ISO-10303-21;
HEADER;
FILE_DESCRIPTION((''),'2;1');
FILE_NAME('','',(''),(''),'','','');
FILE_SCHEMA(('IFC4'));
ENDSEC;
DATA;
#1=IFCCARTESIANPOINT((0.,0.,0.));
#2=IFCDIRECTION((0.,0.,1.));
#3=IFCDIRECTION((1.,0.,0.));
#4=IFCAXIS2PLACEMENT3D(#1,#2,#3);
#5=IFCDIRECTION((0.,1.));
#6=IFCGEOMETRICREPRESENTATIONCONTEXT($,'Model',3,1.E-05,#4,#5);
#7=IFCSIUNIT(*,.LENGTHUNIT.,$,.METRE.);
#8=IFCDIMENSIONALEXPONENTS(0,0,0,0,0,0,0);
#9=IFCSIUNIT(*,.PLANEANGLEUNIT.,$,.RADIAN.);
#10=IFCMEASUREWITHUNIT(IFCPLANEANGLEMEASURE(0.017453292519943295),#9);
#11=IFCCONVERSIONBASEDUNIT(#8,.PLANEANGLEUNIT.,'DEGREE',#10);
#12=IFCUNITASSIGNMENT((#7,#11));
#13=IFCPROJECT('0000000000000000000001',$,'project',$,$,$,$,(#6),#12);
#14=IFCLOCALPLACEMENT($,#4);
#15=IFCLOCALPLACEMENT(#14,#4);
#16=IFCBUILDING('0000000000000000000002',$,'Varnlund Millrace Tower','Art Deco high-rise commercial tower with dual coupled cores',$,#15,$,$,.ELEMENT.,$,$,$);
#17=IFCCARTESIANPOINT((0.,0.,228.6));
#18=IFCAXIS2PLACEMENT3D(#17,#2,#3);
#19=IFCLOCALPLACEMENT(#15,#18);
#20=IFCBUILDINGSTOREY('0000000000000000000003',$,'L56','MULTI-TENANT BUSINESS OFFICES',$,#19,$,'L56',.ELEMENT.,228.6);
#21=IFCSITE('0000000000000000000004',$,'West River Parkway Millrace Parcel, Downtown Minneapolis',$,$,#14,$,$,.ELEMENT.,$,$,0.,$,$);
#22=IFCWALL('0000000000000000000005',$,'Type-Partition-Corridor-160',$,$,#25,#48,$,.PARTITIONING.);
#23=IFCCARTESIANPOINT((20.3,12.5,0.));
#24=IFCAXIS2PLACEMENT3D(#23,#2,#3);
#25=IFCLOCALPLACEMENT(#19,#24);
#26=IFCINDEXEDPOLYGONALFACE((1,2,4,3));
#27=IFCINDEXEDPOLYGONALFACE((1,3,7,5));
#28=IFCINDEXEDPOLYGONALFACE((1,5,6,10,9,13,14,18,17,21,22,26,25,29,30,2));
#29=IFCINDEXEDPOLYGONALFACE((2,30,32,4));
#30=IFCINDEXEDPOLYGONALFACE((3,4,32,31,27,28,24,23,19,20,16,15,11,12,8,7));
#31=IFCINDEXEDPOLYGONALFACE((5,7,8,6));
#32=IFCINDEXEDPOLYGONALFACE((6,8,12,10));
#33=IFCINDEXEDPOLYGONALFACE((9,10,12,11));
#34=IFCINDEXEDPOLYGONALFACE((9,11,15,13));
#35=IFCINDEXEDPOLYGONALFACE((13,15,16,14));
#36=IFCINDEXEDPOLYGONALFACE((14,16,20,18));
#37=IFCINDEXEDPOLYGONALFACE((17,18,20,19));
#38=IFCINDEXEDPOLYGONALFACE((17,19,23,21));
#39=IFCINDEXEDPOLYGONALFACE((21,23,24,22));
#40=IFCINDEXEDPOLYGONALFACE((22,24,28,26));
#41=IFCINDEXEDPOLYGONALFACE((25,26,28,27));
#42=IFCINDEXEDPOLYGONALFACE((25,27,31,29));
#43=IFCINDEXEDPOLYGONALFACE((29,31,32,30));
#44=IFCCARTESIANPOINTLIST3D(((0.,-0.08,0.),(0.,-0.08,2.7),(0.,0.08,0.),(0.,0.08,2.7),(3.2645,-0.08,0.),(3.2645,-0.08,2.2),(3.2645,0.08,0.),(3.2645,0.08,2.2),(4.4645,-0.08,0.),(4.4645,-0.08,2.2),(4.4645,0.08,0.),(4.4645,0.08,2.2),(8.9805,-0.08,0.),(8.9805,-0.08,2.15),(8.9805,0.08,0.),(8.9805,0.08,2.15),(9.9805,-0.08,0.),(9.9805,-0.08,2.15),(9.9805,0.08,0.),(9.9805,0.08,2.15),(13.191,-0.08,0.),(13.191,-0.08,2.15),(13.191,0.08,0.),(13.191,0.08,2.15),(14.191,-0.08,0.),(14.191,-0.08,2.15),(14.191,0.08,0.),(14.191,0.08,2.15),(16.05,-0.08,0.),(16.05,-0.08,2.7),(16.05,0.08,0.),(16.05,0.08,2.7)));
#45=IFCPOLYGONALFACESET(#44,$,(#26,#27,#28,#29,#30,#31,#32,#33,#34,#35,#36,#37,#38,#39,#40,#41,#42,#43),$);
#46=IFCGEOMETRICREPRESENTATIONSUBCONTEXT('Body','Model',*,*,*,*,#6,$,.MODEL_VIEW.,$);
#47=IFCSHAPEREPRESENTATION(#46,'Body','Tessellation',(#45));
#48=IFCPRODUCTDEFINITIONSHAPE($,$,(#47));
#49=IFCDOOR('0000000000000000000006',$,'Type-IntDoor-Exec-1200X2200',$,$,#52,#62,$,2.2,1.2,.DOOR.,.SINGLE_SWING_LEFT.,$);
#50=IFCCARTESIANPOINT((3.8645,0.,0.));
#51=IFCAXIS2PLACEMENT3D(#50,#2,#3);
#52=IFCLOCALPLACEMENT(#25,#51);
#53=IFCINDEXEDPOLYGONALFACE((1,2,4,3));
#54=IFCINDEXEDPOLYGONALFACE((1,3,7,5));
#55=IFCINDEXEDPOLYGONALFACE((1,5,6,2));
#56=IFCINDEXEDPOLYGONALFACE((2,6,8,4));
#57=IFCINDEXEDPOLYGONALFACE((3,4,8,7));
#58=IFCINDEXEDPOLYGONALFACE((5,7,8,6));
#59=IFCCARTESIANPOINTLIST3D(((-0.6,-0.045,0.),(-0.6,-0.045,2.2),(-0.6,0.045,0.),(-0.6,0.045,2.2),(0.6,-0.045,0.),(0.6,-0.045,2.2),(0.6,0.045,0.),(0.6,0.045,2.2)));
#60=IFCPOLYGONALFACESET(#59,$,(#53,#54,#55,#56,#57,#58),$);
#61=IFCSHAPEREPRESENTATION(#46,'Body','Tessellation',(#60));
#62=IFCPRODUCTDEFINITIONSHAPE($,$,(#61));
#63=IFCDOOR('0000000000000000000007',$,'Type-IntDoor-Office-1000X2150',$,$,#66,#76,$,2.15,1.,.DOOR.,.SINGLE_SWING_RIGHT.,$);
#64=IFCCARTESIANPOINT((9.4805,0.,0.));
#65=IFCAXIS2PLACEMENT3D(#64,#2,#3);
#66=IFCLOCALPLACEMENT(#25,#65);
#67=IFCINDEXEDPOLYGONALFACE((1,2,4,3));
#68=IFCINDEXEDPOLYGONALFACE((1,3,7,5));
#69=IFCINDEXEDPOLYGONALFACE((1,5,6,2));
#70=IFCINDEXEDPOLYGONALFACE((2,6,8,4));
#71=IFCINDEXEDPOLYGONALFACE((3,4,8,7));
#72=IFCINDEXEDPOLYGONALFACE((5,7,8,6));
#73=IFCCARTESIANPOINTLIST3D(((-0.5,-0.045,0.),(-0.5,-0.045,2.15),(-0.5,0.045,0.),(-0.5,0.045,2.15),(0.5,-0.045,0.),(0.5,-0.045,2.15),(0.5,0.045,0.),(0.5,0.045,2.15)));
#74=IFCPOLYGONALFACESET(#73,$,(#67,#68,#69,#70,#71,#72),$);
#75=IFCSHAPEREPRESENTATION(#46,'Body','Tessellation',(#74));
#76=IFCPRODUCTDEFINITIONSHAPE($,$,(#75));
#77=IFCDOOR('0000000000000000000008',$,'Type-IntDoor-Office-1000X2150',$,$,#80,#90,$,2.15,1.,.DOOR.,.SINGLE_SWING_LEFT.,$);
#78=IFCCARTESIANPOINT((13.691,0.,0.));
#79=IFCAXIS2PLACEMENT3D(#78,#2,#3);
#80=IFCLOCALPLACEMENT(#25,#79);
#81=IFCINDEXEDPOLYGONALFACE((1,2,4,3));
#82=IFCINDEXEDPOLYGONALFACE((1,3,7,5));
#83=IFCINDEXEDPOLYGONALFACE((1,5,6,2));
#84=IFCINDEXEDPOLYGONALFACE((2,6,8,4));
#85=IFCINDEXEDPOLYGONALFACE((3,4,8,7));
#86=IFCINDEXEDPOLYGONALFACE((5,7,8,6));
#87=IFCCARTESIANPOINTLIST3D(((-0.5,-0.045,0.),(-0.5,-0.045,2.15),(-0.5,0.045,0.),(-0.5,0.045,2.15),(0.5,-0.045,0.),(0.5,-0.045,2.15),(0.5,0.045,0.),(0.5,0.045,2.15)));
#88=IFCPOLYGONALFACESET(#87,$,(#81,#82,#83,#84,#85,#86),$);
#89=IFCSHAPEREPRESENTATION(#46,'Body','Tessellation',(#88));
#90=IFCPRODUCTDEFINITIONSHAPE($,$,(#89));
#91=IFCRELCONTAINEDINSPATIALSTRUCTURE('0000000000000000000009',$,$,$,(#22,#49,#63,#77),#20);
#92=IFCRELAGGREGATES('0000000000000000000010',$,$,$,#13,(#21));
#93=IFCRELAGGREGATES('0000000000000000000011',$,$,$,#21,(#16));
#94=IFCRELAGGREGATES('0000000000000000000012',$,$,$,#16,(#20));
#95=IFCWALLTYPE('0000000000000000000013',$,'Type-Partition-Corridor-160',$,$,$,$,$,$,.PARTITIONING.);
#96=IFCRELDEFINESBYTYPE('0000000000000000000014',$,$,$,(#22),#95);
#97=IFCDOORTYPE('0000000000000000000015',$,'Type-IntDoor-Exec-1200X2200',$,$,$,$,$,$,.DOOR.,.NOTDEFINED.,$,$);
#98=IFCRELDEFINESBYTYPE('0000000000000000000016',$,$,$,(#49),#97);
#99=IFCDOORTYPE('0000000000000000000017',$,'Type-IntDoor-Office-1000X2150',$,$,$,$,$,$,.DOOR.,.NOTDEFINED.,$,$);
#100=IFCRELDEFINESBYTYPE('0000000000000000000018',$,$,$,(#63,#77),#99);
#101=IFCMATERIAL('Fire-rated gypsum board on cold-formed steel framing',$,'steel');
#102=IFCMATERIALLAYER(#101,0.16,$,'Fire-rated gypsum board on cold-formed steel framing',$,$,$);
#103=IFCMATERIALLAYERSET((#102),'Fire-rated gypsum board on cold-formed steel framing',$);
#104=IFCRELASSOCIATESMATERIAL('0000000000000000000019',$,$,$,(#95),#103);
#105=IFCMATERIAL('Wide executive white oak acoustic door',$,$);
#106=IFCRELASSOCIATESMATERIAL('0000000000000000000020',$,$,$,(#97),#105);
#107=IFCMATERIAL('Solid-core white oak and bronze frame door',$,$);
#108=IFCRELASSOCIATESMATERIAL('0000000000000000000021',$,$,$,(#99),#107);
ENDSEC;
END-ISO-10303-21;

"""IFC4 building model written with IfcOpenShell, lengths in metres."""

from ifc_helpers import new_model, entity, si_unit, converted_unit, direction, frame, origin_with_axes, origin_2d_with_axis, place, context, subcontext, project, spatial, polyline, rectangle, outline, extrude, material, layer, layer_set, type_object, element, fill, save


model = new_model("IFC4")

# Units and contexts
model_context = context("Model", 3, precision=1e-05, world=origin_with_axes(), true_north=direction((0.0, 1.0)))
body_context = subcontext(model_context, "Body", "Model", "MODEL_VIEW")
ifc_project = project(units=[si_unit("LENGTHUNIT", "METRE"), converted_unit("PLANEANGLEUNIT", "DEGREE", entity("IfcPlaneAngleMeasure", 0.017453292519943295), si_unit("PLANEANGLEUNIT", "RADIAN"), dimensions=[0, 0, 0, 0, 0, 0, 0])], contexts=[model_context])

# Site, building, storey
site_placement = place(None, origin_with_axes())
site = spatial("IfcSite", under=ifc_project, at=site_placement, Name="West River Parkway Millrace Parcel, Downtown Minneapolis", CompositionType="ELEMENT", RefElevation=0.0)
building_placement = place(site_placement, origin_with_axes())
building = spatial("IfcBuilding", under=site, at=building_placement, Name="Varnlund Millrace Tower", Description="Art Deco high-rise commercial tower with dual coupled cores", CompositionType="ELEMENT")
storey_placement = place(building_placement, frame((0.0, 0.0, 228.6), z_axis=(0.0, 0.0, 1.0), x_axis=(1.0, 0.0, 0.0)))
storey = spatial("IfcBuildingStorey", under=building, at=storey_placement, Name="L56", Description="MULTI-TENANT BUSINESS OFFICES", LongName="L56", CompositionType="ELEMENT", Elevation=228.6)

# Wall, openings, doors
ifc_material_1 = material(Name="Fire-rated gypsum board on cold-formed steel framing", Category="steel")
ifc_layer = layer(ifc_material_1, 0.16, Name="Fire-rated gypsum board on cold-formed steel framing")
ifc_layer_set = layer_set([ifc_layer], Name="Fire-rated gypsum board on cold-formed steel framing")
wall_type = type_object("IfcWallType", Name="Type-Partition-Corridor-160", PredefinedType="PARTITIONING", material=ifc_layer_set)
wall_placement = place(storey_placement, frame((20.3, 12.5, 0.0), z_axis=(0.0, 0.0, 1.0), x_axis=(1.0, 0.0, 0.0)))
wall = element("IfcWall", 1, at=wall_placement, inside=storey, type_object=wall_type, Name="Type-Partition-Corridor-160", PredefinedType="PARTITIONING", context=body_context, shape_type="SweptSolid", body=[
    extrude(outline(polyline([(0.0, -0.08), (16.05, -0.08), (16.05, 0.08), (0.0, 0.08), (0.0, -0.08)])), origin_with_axes(), (0.0, 0.0, 1.0), 2.7),
])
opening_1_placement = place(wall_placement, frame((3.8645, 0.0, 0.0), z_axis=(0.0, 0.0, 1.0), x_axis=(1.0, 0.0, 0.0)))
opening_1 = element("IfcOpeningElement", 2, at=opening_1_placement, cuts=wall, PredefinedType="OPENING", context=body_context, shape_type="SweptSolid", body=[
    extrude(rectangle(XDim=1.2, YDim=0.18, at=origin_2d_with_axis()), origin_with_axes(), (0.0, 0.0, 1.0), 2.2),
])
opening_2_placement = place(wall_placement, frame((9.4805, 0.0, 0.0), z_axis=(0.0, 0.0, 1.0), x_axis=(1.0, 0.0, 0.0)))
opening_2 = element("IfcOpeningElement", 3, at=opening_2_placement, cuts=wall, PredefinedType="OPENING", context=body_context, shape_type="SweptSolid", body=[
    extrude(rectangle(XDim=1.0, YDim=0.18, at=origin_2d_with_axis()), origin_with_axes(), (0.0, 0.0, 1.0), 2.15),
])
opening_3_placement = place(wall_placement, frame((13.691, 0.0, 0.0), z_axis=(0.0, 0.0, 1.0), x_axis=(1.0, 0.0, 0.0)))
opening_3 = element("IfcOpeningElement", 4, at=opening_3_placement, cuts=wall, PredefinedType="OPENING", context=body_context, shape_type="SweptSolid", body=[
    extrude(rectangle(XDim=1.0, YDim=0.18, at=origin_2d_with_axis()), origin_with_axes(), (0.0, 0.0, 1.0), 2.15),
])
ifc_material_2 = material(Name="Wide executive white oak acoustic door")
door_type_1 = type_object("IfcDoorType", Name="Type-IntDoor-Exec-1200X2200", OperationType="NOTDEFINED", PredefinedType="DOOR", material=ifc_material_2)
door_1_placement = place(wall_placement, frame((3.8645, 0.0, 0.0), z_axis=(0.0, 0.0, 1.0), x_axis=(1.0, 0.0, 0.0)))
door_1 = element("IfcDoor", 5, at=door_1_placement, inside=storey, type_object=door_type_1, Name="Type-IntDoor-Exec-1200X2200", OperationType="SINGLE_SWING_LEFT", OverallHeight=2.2, OverallWidth=1.2, PredefinedType="DOOR", context=body_context, shape_type="SweptSolid", body=[
    extrude(rectangle(XDim=1.2, YDim=0.09, at=origin_2d_with_axis()), origin_with_axes(), (0.0, 0.0, 1.0), 2.2),
])
fill(opening_1, door_1)
ifc_material_3 = material(Name="Solid-core white oak and bronze frame door")
door_type_2 = type_object("IfcDoorType", Name="Type-IntDoor-Office-1000X2150", OperationType="NOTDEFINED", PredefinedType="DOOR", material=ifc_material_3)
door_2_placement = place(wall_placement, frame((9.4805, 0.0, 0.0), z_axis=(0.0, 0.0, 1.0), x_axis=(1.0, 0.0, 0.0)))
door_2 = element("IfcDoor", 6, at=door_2_placement, inside=storey, type_object=door_type_2, Name="Type-IntDoor-Office-1000X2150", OperationType="SINGLE_SWING_RIGHT", OverallHeight=2.15, OverallWidth=1.0, PredefinedType="DOOR", context=body_context, shape_type="SweptSolid", body=[
    extrude(rectangle(XDim=1.0, YDim=0.09, at=origin_2d_with_axis()), origin_with_axes(), (0.0, 0.0, 1.0), 2.15),
])
fill(opening_2, door_2)
door_3_placement = place(wall_placement, frame((13.691, 0.0, 0.0), z_axis=(0.0, 0.0, 1.0), x_axis=(1.0, 0.0, 0.0)))
door_3 = element("IfcDoor", 7, at=door_3_placement, inside=storey, type_object=door_type_2, Name="Type-IntDoor-Office-1000X2150", OperationType="SINGLE_SWING_LEFT", OverallHeight=2.15, OverallWidth=1.0, PredefinedType="DOOR", context=body_context, shape_type="SweptSolid", body=[
    extrude(rectangle(XDim=1.0, YDim=0.09, at=origin_2d_with_axis()), origin_with_axes(), (0.0, 0.0, 1.0), 2.15),
])
fill(opening_3, door_3)

save(model, "model.ifc")
